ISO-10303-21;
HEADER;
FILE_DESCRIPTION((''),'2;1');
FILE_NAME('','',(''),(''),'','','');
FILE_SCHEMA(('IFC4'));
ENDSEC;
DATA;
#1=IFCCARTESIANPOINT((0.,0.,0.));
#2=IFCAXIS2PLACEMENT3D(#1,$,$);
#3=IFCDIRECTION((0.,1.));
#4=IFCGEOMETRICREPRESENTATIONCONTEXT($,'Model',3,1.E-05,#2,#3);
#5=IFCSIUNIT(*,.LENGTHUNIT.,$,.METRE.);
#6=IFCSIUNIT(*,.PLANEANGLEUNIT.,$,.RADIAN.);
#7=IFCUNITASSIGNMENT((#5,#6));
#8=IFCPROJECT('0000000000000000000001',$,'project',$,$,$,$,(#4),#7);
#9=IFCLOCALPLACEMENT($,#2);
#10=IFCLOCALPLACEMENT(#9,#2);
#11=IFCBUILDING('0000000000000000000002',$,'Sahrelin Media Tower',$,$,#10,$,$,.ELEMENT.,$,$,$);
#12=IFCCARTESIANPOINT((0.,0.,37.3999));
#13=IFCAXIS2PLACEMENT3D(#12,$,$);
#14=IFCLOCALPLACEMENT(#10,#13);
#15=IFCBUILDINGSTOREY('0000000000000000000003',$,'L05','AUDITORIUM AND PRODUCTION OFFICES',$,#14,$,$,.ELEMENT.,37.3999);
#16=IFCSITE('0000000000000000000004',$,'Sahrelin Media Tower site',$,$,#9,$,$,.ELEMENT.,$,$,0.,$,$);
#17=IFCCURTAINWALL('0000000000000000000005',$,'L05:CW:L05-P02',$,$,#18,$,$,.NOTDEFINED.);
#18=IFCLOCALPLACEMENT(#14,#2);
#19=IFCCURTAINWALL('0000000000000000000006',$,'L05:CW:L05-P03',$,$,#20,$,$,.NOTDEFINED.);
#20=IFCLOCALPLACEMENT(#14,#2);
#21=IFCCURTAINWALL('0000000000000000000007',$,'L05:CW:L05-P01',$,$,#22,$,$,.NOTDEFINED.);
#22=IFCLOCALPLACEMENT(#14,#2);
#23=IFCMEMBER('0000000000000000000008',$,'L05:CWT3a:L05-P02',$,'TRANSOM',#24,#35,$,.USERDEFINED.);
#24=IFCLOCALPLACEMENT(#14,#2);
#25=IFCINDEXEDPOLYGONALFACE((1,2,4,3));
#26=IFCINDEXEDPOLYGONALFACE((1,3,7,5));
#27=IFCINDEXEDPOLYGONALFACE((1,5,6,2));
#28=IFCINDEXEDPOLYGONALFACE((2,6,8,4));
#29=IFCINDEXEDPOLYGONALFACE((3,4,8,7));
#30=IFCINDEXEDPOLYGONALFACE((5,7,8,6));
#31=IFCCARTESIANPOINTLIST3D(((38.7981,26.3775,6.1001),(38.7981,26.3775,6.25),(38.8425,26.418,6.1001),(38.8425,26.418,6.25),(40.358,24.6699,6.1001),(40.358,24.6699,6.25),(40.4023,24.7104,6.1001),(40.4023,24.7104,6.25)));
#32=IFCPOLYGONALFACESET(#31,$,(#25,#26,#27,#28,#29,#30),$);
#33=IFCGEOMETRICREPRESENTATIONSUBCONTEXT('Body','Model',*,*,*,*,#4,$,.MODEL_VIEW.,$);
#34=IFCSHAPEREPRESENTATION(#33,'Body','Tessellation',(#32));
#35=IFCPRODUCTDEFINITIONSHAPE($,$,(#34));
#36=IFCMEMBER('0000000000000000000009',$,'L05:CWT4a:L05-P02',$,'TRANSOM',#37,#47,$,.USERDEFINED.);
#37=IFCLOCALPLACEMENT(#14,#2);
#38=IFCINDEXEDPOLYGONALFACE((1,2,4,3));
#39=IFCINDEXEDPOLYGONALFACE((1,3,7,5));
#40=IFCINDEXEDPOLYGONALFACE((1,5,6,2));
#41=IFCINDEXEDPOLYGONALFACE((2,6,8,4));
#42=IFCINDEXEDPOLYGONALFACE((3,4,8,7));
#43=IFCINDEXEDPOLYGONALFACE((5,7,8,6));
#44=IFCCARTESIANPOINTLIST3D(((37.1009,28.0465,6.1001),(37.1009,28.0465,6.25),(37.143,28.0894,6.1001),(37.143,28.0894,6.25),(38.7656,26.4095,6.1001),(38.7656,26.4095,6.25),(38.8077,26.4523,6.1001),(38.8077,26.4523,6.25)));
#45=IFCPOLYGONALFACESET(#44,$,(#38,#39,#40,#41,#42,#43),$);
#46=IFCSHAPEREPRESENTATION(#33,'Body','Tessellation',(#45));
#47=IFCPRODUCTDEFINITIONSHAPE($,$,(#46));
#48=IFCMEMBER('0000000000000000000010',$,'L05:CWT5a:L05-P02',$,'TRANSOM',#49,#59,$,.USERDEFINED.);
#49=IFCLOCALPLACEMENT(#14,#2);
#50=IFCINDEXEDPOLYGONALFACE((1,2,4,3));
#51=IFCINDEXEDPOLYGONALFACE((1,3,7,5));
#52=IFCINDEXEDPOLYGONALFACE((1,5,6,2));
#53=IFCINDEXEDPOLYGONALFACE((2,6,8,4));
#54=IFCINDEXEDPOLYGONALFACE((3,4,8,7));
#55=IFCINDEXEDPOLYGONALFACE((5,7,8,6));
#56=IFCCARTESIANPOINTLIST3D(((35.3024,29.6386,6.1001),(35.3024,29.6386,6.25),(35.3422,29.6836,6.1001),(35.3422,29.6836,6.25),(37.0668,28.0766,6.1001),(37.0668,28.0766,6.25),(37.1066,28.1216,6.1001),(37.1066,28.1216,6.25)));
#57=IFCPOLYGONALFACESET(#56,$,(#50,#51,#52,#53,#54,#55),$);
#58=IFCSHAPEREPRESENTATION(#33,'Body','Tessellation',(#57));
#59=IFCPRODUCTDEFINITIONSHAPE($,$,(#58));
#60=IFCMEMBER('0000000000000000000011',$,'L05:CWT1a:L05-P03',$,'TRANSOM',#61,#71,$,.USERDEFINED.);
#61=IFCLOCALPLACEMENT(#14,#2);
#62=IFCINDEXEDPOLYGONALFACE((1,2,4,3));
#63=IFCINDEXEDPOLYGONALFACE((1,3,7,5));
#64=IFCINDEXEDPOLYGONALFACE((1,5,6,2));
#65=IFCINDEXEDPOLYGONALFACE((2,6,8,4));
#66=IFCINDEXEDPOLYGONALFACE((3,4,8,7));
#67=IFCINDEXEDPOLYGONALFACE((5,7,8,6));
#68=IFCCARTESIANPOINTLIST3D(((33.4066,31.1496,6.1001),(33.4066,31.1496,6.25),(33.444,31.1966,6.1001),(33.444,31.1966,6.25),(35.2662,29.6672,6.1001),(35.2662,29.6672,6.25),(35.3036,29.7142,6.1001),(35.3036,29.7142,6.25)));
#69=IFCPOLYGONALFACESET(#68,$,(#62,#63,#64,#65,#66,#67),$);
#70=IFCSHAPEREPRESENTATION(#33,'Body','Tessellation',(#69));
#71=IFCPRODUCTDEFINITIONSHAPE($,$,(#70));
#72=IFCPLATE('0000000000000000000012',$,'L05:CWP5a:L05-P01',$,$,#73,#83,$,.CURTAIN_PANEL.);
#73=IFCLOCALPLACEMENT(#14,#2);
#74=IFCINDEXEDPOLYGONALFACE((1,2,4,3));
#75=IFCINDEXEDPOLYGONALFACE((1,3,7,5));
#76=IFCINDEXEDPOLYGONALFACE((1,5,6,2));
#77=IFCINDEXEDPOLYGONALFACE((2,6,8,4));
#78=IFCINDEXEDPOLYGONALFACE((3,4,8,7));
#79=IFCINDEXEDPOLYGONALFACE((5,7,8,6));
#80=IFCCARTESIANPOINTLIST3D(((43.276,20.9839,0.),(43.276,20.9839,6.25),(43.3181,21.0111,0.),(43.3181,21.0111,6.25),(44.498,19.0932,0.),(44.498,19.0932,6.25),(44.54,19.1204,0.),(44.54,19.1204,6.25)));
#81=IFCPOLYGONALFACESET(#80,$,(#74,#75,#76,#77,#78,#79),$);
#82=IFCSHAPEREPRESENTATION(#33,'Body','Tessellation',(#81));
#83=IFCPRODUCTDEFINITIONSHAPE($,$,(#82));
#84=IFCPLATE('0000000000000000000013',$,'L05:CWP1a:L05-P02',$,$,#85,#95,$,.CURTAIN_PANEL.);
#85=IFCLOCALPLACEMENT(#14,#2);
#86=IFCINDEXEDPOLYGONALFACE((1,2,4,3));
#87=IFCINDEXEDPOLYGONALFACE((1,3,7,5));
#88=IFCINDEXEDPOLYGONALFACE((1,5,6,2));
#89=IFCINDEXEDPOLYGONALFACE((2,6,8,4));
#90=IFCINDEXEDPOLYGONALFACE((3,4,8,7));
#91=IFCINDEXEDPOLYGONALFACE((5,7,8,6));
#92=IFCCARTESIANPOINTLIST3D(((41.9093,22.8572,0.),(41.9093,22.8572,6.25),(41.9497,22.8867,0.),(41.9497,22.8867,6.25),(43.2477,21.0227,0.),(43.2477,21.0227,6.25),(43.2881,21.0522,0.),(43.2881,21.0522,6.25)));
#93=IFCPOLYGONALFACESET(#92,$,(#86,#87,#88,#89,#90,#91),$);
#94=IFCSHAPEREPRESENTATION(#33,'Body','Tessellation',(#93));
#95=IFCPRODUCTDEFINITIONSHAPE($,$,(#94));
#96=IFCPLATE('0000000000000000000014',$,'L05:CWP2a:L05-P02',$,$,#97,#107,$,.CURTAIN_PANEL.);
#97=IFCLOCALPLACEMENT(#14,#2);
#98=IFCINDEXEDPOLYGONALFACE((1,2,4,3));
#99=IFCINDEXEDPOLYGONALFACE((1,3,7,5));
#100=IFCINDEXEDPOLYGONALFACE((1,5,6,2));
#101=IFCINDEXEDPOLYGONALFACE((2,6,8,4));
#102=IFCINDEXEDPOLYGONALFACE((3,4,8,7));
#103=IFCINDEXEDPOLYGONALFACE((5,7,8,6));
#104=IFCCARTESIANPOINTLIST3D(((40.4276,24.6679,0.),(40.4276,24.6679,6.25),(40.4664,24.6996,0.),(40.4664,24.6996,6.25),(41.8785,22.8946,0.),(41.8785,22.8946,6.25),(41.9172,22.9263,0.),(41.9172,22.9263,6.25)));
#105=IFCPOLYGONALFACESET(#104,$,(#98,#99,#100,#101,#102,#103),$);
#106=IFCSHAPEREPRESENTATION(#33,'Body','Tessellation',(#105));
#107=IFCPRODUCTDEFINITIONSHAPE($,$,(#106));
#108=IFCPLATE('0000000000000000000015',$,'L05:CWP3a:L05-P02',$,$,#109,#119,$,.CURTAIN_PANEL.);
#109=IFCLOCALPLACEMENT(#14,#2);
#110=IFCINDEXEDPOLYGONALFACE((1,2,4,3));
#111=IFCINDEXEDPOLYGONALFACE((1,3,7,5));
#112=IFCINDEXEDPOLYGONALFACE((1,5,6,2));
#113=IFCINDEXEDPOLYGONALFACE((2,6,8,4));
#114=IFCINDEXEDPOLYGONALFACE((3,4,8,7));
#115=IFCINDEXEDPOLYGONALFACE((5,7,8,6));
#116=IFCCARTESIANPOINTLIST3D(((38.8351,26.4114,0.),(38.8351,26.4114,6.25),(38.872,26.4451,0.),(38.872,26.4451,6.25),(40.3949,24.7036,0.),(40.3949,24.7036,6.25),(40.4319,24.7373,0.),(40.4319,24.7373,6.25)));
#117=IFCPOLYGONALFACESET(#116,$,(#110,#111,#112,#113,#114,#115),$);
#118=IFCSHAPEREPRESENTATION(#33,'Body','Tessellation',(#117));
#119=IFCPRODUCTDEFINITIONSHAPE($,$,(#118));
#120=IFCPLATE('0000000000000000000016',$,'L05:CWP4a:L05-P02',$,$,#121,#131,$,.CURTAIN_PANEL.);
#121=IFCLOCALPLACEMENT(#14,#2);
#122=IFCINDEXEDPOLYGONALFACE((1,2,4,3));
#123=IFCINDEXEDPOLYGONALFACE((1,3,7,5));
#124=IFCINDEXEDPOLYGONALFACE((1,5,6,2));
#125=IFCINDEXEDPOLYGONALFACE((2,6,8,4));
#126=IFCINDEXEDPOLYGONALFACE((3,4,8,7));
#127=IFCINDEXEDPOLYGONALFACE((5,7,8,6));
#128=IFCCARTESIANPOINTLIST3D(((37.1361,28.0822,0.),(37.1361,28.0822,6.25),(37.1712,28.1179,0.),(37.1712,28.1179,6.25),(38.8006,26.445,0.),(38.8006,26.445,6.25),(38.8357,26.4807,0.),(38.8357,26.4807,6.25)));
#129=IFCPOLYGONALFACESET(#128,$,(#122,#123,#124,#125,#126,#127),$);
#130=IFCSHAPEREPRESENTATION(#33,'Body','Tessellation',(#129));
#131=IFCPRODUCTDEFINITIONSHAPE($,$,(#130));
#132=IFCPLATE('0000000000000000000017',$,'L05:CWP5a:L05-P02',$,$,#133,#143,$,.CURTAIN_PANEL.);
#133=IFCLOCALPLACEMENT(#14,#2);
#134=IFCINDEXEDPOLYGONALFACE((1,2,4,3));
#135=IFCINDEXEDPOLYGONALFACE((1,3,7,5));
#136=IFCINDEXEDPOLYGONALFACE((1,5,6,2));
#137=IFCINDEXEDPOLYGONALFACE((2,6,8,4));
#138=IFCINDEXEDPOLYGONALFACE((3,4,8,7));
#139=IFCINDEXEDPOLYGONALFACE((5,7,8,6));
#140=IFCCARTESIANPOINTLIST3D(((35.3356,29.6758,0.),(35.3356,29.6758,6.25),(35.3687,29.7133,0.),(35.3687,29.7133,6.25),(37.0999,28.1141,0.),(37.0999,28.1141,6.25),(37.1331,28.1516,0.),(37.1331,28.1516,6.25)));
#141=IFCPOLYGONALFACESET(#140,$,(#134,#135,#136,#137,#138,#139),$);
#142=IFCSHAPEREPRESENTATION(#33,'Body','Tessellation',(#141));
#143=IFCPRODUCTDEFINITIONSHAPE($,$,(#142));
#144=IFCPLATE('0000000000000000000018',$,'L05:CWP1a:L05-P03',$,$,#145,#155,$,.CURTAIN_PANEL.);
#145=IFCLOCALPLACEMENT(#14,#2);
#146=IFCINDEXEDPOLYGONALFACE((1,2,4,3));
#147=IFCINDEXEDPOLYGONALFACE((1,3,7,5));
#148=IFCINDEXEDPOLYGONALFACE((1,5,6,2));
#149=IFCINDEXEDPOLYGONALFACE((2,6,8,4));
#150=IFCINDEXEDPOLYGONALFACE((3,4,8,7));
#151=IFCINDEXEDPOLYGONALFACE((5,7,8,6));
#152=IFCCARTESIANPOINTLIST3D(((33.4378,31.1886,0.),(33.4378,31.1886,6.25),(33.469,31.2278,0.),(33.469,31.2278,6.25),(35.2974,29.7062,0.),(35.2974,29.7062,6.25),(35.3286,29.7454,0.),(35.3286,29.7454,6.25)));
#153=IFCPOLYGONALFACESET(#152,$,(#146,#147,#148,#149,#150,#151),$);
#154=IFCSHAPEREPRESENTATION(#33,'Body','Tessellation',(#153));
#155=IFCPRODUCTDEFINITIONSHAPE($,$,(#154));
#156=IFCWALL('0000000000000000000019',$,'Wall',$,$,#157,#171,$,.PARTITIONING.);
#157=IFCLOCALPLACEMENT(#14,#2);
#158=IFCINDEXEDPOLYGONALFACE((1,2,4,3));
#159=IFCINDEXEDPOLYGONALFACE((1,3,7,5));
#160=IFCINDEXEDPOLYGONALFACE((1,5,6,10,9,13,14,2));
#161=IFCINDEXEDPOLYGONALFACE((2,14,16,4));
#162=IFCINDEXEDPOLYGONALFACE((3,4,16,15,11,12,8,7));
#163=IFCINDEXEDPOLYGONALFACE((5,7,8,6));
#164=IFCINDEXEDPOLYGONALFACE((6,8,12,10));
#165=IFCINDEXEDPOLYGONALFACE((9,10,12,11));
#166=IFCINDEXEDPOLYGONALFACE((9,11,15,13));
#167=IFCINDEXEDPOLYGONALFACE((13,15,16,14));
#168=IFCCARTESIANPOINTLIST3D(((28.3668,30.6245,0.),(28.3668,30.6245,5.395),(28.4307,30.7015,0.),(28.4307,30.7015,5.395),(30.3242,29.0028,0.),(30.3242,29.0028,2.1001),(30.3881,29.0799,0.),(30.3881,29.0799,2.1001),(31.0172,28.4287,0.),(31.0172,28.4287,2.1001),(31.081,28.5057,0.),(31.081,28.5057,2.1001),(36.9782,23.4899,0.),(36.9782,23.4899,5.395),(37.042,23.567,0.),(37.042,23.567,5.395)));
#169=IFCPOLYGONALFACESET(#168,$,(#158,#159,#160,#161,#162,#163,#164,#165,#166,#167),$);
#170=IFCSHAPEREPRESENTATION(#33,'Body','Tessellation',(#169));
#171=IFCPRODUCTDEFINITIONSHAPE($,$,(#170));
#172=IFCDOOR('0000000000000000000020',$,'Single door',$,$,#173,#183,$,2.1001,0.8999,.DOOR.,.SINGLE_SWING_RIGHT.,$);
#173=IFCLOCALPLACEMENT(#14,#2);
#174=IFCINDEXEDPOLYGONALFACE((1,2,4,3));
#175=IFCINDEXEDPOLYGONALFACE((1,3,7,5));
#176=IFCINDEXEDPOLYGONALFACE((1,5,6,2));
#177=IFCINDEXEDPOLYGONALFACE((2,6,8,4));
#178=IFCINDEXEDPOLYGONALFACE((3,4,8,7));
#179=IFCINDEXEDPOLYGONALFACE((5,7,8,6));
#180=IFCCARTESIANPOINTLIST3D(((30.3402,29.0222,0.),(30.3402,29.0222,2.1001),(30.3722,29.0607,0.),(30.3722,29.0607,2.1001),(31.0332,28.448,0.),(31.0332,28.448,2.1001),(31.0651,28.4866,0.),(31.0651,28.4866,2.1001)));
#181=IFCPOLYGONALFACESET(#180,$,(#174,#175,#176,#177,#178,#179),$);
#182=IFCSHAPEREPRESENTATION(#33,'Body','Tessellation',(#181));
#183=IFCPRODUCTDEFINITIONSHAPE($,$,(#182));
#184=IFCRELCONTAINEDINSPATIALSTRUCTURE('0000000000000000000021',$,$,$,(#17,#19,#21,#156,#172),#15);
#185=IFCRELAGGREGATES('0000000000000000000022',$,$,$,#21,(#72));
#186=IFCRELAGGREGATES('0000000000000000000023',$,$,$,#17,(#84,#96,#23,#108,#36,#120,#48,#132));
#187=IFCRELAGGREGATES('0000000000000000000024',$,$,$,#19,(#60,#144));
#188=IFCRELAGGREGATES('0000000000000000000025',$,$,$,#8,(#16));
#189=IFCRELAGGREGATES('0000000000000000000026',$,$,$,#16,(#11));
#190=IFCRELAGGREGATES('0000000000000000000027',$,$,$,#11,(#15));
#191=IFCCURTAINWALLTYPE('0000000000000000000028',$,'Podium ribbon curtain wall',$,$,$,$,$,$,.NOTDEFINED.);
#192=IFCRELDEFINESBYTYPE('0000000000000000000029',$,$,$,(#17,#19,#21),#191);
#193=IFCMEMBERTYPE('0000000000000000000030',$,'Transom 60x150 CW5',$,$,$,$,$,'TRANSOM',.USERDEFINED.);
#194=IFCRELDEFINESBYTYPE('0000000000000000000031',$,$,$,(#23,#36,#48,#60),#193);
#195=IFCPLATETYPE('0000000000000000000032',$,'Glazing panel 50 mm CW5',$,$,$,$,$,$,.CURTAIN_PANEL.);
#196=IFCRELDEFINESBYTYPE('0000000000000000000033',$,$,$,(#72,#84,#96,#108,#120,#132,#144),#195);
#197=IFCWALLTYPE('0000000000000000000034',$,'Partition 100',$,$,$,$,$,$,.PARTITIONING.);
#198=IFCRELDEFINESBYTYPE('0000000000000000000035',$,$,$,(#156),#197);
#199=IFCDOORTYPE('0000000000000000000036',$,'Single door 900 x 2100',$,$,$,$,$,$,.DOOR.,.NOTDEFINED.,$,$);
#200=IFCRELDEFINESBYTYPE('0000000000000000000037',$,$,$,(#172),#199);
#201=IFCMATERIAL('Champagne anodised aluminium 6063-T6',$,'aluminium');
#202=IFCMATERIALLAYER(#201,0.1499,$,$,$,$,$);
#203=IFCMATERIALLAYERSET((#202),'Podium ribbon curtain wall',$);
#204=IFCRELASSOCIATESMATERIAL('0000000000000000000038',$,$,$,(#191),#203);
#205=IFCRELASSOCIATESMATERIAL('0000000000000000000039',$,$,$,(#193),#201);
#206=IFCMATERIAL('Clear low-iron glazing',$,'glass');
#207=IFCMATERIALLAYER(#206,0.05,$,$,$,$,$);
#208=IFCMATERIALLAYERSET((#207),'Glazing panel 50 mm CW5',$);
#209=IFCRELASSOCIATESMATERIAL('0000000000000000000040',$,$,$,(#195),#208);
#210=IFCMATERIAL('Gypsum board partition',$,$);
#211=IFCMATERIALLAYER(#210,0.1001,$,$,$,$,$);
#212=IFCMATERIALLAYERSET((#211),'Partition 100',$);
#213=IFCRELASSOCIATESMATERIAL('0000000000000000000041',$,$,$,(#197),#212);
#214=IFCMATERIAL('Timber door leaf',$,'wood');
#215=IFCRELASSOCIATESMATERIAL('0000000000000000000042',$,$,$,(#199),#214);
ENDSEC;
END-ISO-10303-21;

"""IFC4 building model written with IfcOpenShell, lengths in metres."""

from ifc_helpers import new_model, si_unit, direction, frame, frame_2d, origin, origin_2d, place, context, subcontext, project, spatial, polyline, rectangle, outline, extrude, material, layer, layer_set, material_profile, profile_set, type_object, element, fill, aggregate, save


model = new_model("IFC4")

# Units and contexts
model_context = context("Model", 3, precision=1e-05, world=origin(), true_north=direction((0.0, 1.0)))
body_context = subcontext(model_context, "Body", "Model", "MODEL_VIEW")
ifc_project = project(units=[si_unit("LENGTHUNIT", "METRE"), si_unit("PLANEANGLEUNIT", "RADIAN")], contexts=[model_context])

# Site, building, storey
site_placement = place(None, origin())
site = spatial("IfcSite", under=ifc_project, at=site_placement, Name="Sahrelin Media Tower site", CompositionType="ELEMENT", RefElevation=0.0)
building_placement = place(site_placement, origin())
building = spatial("IfcBuilding", under=site, at=building_placement, Name="Sahrelin Media Tower", CompositionType="ELEMENT")
storey_placement = place(building_placement, frame((0.0, 0.0, 37.3999)))
storey = spatial("IfcBuildingStorey", under=building, at=storey_placement, Name="L05", Description="AUDITORIUM AND PRODUCTION OFFICES", CompositionType="ELEMENT", Elevation=37.3999)

# Curtain wall
ifc_material_1 = material(Name="Champagne anodised aluminium 6063-T6", Category="aluminium")
ifc_layer_1 = layer(ifc_material_1, 0.1499)
ifc_layer_set_1 = layer_set([ifc_layer_1], Name="Podium ribbon curtain wall")
curtain_wall_type = type_object("IfcCurtainWallType", Name="Podium ribbon curtain wall", PredefinedType="NOTDEFINED", material=ifc_layer_set_1)
curtain_wall_1_placement = place(storey_placement, frame((43.3013, 21.0, 0.0), z_axis=(0.0, 0.0, 1.0), x_axis=(1.0, 0.0, 0.0)))
curtain_wall_1 = element("IfcCurtainWall", 1, at=curtain_wall_1_placement, inside=storey, type_object=curtain_wall_type, Name="L05:CW:L05-P02", PredefinedType="NOTDEFINED")

# Curtain wall
curtain_wall_2_placement = place(storey_placement, frame((35.3552, 29.6985, 0.0), z_axis=(0.0, 0.0, 1.0), x_axis=(1.0, 0.0, 0.0)))
curtain_wall_2 = element("IfcCurtainWall", 2, at=curtain_wall_2_placement, inside=storey, type_object=curtain_wall_type, Name="L05:CW:L05-P03", PredefinedType="NOTDEFINED")

# Curtain wall
curtain_wall_3_placement = place(storey_placement, frame((48.2964, 10.8704, 0.0), z_axis=(0.0, 0.0, 1.0), x_axis=(1.0, 0.0, 0.0)))
curtain_wall_3 = element("IfcCurtainWall", 3, at=curtain_wall_3_placement, inside=storey, type_object=curtain_wall_type, Name="L05:CW:L05-P01", PredefinedType="NOTDEFINED")
ifc_material_profile_1 = material_profile(ifc_material_1, rectangle(XDim=0.0601, YDim=0.1499, at=origin_2d()), Name="Transom 60x150")
ifc_profile_set_1 = profile_set([ifc_material_profile_1], Name="Champagne anodised aluminium 6063-T6")
member_type_1 = type_object("IfcMemberType", Name="Transom 60x150 CW5", ElementType="TRANSOM", PredefinedType="USERDEFINED", material=ifc_profile_set_1)

# Members
member_1_placement = place(storey_placement, frame((40.3801, 24.6902, 6.175), z_axis=(-0.674452, 0.738319, 0.0), x_axis=(-0.738319, -0.674452, 0.0)))
member_1 = element("IfcMember", 4, at=member_1_placement, type_object=member_type_1, Name="L05:CWT3a:L05-P02", ObjectType="TRANSOM", PredefinedType="USERDEFINED", context=body_context, shape_type="SweptSolid", body=[
    extrude(rectangle(XDim=0.0601, YDim=0.1499, at=origin_2d()), origin(), (0.0, 0.0, 1.0), 2.3127),
])
member_2_placement = place(storey_placement, frame((38.7866, 26.4309, 6.175), z_axis=(-0.712991, 0.701174, 0.0), x_axis=(-0.701174, -0.712991, 0.0)))
member_2 = element("IfcMember", 5, at=member_2_placement, type_object=member_type_1, Name="L05:CWT4a:L05-P02", ObjectType="TRANSOM", PredefinedType="USERDEFINED", context=body_context, shape_type="SweptSolid", body=[
    extrude(rectangle(XDim=0.0601, YDim=0.1499, at=origin_2d()), origin(), (0.0, 0.0, 1.0), 2.3347),
])
member_3_placement = place(storey_placement, frame((37.0867, 28.0991, 6.175), z_axis=(-0.748745, 0.662858, 0.0), x_axis=(-0.662858, -0.748745, 0.0)))
member_3 = element("IfcMember", 6, at=member_3_placement, type_object=member_type_1, Name="L05:CWT5a:L05-P02", ObjectType="TRANSOM", PredefinedType="USERDEFINED", context=body_context, shape_type="SweptSolid", body=[
    extrude(rectangle(XDim=0.0601, YDim=0.1499, at=origin_2d()), origin(), (0.0, 0.0, 1.0), 2.3564),
])
member_4_placement = place(storey_placement, frame((35.2849, 29.6907, 6.175), z_axis=(-0.781949, 0.623342, 0.0), x_axis=(-0.623342, -0.781949, 0.0)))
member_4 = element("IfcMember", 7, at=member_4_placement, type_object=member_type_1, Name="L05:CWT1a:L05-P03", ObjectType="TRANSOM", PredefinedType="USERDEFINED", context=body_context, shape_type="SweptSolid", body=[
    extrude(rectangle(XDim=0.0601, YDim=0.1499, at=origin_2d()), origin(), (0.0, 0.0, 1.0), 2.3782),
])

# Plates
ifc_material_2 = material(Name="Clear low-iron glazing", Category="glass")
ifc_layer_2 = layer(ifc_material_2, 0.05)
ifc_layer_set_2 = layer_set([ifc_layer_2], Name="Glazing panel 50 mm CW5")
plate_type = type_object("IfcPlateType", Name="Glazing panel 50 mm CW5", PredefinedType="CURTAIN_PANEL", material=ifc_layer_set_2)
plate_1_placement = place(storey_placement, frame((44.54, 19.1204, 0.0), z_axis=(0.839858, 0.542806, 0.0), x_axis=(-0.542806, 0.839858, 0.0)))
plate_1 = element("IfcPlate", 8, at=plate_1_placement, type_object=plate_type, Name="L05:CWP5a:L05-P01", PredefinedType="CURTAIN_PANEL", context=body_context, shape_type="SweptSolid", body=[
    extrude(outline(polyline([(0.0, 0.0), (2.2512, 0.0), (2.2512, 6.25), (0.0, 6.25), (0.0, 0.0)])), origin(), (0.0, 0.0, -1.0), 0.05),
])
aggregate(curtain_wall_3, [plate_1])
plate_2_placement = place(storey_placement, frame((43.2881, 21.0522, 0.0), z_axis=(0.807852, 0.589386, 0.0), x_axis=(-0.589386, 0.807852, 0.0)))
plate_2 = element("IfcPlate", 9, at=plate_2_placement, type_object=plate_type, Name="L05:CWP1a:L05-P02", PredefinedType="CURTAIN_PANEL", context=body_context, shape_type="SweptSolid", body=[
    extrude(outline(polyline([(0.0, 0.0), (2.2708, 0.0), (2.2708, 6.25), (0.0, 6.25), (0.0, 0.0)])), origin(), (0.0, 0.0, -1.0), 0.05),
])
plate_3_placement = place(storey_placement, frame((41.9172, 22.9263, 0.0), z_axis=(0.773972, 0.63322, 0.0), x_axis=(-0.63322, 0.773972, 0.0)))
plate_3 = element("IfcPlate", 10, at=plate_3_placement, type_object=plate_type, Name="L05:CWP2a:L05-P02", PredefinedType="CURTAIN_PANEL", context=body_context, shape_type="SweptSolid", body=[
    extrude(outline(polyline([(0.0, 0.0), (2.2913, 0.0), (2.2913, 6.25), (0.0, 6.25), (0.0, 0.0)])), origin(), (0.0, 0.0, -1.0), 0.05),
])
plate_4_placement = place(storey_placement, frame((40.4319, 24.7373, 0.0), z_axis=(0.738367, 0.6744, 0.0), x_axis=(-0.6744, 0.738367, 0.0)))
plate_4 = element("IfcPlate", 11, at=plate_4_placement, type_object=plate_type, Name="L05:CWP3a:L05-P02", PredefinedType="CURTAIN_PANEL", context=body_context, shape_type="SweptSolid", body=[
    extrude(outline(polyline([(0.0, 0.0), (2.313, 0.0), (2.313, 6.25), (0.0, 6.25), (0.0, 0.0)])), origin(), (0.0, 0.0, -1.0), 0.05),
])
plate_5_placement = place(storey_placement, frame((38.8357, 26.4807, 0.0), z_axis=(0.701227, 0.712938, 0.0), x_axis=(-0.712938, 0.701227, 0.0)))
plate_5 = element("IfcPlate", 12, at=plate_5_placement, type_object=plate_type, Name="L05:CWP4a:L05-P02", PredefinedType="CURTAIN_PANEL", context=body_context, shape_type="SweptSolid", body=[
    extrude(outline(polyline([(0.0, 0.0), (2.3347, 0.0), (2.3347, 6.25), (0.0, 6.25), (0.0, 0.0)])), origin(), (0.0, 0.0, -1.0), 0.05),
])
plate_6_placement = place(storey_placement, frame((37.1331, 28.1516, 0.0), z_axis=(0.6628, 0.748797, 0.0), x_axis=(-0.748797, 0.6628, 0.0)))
plate_6 = element("IfcPlate", 13, at=plate_6_placement, type_object=plate_type, Name="L05:CWP5a:L05-P02", PredefinedType="CURTAIN_PANEL", context=body_context, shape_type="SweptSolid", body=[
    extrude(outline(polyline([(0.0, 0.0), (2.3562, 0.0), (2.3562, 6.25), (0.0, 6.25), (0.0, 0.0)])), origin(), (0.0, 0.0, -1.0), 0.05),
])
aggregate(curtain_wall_1, [plate_2, plate_3, member_1, plate_4, member_2, plate_5, member_3, plate_6])
plate_7_placement = place(storey_placement, frame((35.3286, 29.7454, 0.0), z_axis=(0.623342, 0.781949, 0.0), x_axis=(-0.781949, 0.623342, 0.0)))
plate_7 = element("IfcPlate", 14, at=plate_7_placement, type_object=plate_type, Name="L05:CWP1a:L05-P03", PredefinedType="CURTAIN_PANEL", context=body_context, shape_type="SweptSolid", body=[
    extrude(outline(polyline([(0.0, 0.0), (2.3782, 0.0), (2.3782, 6.25), (0.0, 6.25), (0.0, 0.0)])), origin(), (0.0, 0.0, -1.0), 0.05),
])
aggregate(curtain_wall_2, [member_4, plate_7])

# Wall, opening, door
ifc_material_3 = material(Name="Gypsum board partition")
ifc_layer_3 = layer(ifc_material_3, 0.1001)
ifc_layer_set_3 = layer_set([ifc_layer_3], Name="Partition 100")
wall_type = type_object("IfcWallType", Name="Partition 100", PredefinedType="PARTITIONING", material=ifc_layer_set_3)
wall_placement = place(storey_placement, frame((37.01, 23.5286, 0.0), z_axis=(0.0, 0.0, 1.0), x_axis=(-0.770047, 0.637987, 0.0)))
wall = element("IfcWall", 15, at=wall_placement, inside=storey, type_object=wall_type, Name="Wall", PredefinedType="PARTITIONING", context=body_context, shape_type="SweptSolid", body=[
    extrude(rectangle(XDim=11.1829, YDim=0.1001, at=frame_2d((5.5913, 0.0))), origin(), (0.0, 0.0, 1.0), 5.395),
])
opening_placement = place(wall_placement, frame((7.741, 0.0, 0.0)))
opening = element("IfcOpeningElement", 16, at=opening_placement, cuts=wall, PredefinedType="OPENING", context=body_context, shape_type="SweptSolid", body=[
    extrude(rectangle(XDim=0.8999, YDim=2.1001, at=frame_2d((0.45, 1.05))), frame((0.0, 0.05, 0.0), z_axis=(0.0, -1.0, 0.0), x_axis=(1.0, 0.0, 0.0)), (0.0, 0.0, 1.0), 0.1001),
])
ifc_material_4 = material(Name="Timber door leaf", Category="wood")
door_type = type_object("IfcDoorType", Name="Single door 900 x 2100", OperationType="NOTDEFINED", PredefinedType="DOOR", material=ifc_material_4)
door_placement = place(opening_placement, origin())
door = element("IfcDoor", 17, at=door_placement, inside=storey, type_object=door_type, Name="Single door", OperationType="SINGLE_SWING_RIGHT", OverallHeight=2.1001, OverallWidth=0.8999, PredefinedType="DOOR", context=body_context, shape_type="SweptSolid", body=[
    extrude(rectangle(XDim=0.8999, YDim=2.1001, at=frame_2d((0.45, 1.05))), frame((0.0, 0.0249, 0.0), z_axis=(0.0, -1.0, 0.0), x_axis=(1.0, 0.0, 0.0)), (0.0, 0.0, 1.0), 0.05),
])
fill(opening, door)

save(model, "model.ifc")
